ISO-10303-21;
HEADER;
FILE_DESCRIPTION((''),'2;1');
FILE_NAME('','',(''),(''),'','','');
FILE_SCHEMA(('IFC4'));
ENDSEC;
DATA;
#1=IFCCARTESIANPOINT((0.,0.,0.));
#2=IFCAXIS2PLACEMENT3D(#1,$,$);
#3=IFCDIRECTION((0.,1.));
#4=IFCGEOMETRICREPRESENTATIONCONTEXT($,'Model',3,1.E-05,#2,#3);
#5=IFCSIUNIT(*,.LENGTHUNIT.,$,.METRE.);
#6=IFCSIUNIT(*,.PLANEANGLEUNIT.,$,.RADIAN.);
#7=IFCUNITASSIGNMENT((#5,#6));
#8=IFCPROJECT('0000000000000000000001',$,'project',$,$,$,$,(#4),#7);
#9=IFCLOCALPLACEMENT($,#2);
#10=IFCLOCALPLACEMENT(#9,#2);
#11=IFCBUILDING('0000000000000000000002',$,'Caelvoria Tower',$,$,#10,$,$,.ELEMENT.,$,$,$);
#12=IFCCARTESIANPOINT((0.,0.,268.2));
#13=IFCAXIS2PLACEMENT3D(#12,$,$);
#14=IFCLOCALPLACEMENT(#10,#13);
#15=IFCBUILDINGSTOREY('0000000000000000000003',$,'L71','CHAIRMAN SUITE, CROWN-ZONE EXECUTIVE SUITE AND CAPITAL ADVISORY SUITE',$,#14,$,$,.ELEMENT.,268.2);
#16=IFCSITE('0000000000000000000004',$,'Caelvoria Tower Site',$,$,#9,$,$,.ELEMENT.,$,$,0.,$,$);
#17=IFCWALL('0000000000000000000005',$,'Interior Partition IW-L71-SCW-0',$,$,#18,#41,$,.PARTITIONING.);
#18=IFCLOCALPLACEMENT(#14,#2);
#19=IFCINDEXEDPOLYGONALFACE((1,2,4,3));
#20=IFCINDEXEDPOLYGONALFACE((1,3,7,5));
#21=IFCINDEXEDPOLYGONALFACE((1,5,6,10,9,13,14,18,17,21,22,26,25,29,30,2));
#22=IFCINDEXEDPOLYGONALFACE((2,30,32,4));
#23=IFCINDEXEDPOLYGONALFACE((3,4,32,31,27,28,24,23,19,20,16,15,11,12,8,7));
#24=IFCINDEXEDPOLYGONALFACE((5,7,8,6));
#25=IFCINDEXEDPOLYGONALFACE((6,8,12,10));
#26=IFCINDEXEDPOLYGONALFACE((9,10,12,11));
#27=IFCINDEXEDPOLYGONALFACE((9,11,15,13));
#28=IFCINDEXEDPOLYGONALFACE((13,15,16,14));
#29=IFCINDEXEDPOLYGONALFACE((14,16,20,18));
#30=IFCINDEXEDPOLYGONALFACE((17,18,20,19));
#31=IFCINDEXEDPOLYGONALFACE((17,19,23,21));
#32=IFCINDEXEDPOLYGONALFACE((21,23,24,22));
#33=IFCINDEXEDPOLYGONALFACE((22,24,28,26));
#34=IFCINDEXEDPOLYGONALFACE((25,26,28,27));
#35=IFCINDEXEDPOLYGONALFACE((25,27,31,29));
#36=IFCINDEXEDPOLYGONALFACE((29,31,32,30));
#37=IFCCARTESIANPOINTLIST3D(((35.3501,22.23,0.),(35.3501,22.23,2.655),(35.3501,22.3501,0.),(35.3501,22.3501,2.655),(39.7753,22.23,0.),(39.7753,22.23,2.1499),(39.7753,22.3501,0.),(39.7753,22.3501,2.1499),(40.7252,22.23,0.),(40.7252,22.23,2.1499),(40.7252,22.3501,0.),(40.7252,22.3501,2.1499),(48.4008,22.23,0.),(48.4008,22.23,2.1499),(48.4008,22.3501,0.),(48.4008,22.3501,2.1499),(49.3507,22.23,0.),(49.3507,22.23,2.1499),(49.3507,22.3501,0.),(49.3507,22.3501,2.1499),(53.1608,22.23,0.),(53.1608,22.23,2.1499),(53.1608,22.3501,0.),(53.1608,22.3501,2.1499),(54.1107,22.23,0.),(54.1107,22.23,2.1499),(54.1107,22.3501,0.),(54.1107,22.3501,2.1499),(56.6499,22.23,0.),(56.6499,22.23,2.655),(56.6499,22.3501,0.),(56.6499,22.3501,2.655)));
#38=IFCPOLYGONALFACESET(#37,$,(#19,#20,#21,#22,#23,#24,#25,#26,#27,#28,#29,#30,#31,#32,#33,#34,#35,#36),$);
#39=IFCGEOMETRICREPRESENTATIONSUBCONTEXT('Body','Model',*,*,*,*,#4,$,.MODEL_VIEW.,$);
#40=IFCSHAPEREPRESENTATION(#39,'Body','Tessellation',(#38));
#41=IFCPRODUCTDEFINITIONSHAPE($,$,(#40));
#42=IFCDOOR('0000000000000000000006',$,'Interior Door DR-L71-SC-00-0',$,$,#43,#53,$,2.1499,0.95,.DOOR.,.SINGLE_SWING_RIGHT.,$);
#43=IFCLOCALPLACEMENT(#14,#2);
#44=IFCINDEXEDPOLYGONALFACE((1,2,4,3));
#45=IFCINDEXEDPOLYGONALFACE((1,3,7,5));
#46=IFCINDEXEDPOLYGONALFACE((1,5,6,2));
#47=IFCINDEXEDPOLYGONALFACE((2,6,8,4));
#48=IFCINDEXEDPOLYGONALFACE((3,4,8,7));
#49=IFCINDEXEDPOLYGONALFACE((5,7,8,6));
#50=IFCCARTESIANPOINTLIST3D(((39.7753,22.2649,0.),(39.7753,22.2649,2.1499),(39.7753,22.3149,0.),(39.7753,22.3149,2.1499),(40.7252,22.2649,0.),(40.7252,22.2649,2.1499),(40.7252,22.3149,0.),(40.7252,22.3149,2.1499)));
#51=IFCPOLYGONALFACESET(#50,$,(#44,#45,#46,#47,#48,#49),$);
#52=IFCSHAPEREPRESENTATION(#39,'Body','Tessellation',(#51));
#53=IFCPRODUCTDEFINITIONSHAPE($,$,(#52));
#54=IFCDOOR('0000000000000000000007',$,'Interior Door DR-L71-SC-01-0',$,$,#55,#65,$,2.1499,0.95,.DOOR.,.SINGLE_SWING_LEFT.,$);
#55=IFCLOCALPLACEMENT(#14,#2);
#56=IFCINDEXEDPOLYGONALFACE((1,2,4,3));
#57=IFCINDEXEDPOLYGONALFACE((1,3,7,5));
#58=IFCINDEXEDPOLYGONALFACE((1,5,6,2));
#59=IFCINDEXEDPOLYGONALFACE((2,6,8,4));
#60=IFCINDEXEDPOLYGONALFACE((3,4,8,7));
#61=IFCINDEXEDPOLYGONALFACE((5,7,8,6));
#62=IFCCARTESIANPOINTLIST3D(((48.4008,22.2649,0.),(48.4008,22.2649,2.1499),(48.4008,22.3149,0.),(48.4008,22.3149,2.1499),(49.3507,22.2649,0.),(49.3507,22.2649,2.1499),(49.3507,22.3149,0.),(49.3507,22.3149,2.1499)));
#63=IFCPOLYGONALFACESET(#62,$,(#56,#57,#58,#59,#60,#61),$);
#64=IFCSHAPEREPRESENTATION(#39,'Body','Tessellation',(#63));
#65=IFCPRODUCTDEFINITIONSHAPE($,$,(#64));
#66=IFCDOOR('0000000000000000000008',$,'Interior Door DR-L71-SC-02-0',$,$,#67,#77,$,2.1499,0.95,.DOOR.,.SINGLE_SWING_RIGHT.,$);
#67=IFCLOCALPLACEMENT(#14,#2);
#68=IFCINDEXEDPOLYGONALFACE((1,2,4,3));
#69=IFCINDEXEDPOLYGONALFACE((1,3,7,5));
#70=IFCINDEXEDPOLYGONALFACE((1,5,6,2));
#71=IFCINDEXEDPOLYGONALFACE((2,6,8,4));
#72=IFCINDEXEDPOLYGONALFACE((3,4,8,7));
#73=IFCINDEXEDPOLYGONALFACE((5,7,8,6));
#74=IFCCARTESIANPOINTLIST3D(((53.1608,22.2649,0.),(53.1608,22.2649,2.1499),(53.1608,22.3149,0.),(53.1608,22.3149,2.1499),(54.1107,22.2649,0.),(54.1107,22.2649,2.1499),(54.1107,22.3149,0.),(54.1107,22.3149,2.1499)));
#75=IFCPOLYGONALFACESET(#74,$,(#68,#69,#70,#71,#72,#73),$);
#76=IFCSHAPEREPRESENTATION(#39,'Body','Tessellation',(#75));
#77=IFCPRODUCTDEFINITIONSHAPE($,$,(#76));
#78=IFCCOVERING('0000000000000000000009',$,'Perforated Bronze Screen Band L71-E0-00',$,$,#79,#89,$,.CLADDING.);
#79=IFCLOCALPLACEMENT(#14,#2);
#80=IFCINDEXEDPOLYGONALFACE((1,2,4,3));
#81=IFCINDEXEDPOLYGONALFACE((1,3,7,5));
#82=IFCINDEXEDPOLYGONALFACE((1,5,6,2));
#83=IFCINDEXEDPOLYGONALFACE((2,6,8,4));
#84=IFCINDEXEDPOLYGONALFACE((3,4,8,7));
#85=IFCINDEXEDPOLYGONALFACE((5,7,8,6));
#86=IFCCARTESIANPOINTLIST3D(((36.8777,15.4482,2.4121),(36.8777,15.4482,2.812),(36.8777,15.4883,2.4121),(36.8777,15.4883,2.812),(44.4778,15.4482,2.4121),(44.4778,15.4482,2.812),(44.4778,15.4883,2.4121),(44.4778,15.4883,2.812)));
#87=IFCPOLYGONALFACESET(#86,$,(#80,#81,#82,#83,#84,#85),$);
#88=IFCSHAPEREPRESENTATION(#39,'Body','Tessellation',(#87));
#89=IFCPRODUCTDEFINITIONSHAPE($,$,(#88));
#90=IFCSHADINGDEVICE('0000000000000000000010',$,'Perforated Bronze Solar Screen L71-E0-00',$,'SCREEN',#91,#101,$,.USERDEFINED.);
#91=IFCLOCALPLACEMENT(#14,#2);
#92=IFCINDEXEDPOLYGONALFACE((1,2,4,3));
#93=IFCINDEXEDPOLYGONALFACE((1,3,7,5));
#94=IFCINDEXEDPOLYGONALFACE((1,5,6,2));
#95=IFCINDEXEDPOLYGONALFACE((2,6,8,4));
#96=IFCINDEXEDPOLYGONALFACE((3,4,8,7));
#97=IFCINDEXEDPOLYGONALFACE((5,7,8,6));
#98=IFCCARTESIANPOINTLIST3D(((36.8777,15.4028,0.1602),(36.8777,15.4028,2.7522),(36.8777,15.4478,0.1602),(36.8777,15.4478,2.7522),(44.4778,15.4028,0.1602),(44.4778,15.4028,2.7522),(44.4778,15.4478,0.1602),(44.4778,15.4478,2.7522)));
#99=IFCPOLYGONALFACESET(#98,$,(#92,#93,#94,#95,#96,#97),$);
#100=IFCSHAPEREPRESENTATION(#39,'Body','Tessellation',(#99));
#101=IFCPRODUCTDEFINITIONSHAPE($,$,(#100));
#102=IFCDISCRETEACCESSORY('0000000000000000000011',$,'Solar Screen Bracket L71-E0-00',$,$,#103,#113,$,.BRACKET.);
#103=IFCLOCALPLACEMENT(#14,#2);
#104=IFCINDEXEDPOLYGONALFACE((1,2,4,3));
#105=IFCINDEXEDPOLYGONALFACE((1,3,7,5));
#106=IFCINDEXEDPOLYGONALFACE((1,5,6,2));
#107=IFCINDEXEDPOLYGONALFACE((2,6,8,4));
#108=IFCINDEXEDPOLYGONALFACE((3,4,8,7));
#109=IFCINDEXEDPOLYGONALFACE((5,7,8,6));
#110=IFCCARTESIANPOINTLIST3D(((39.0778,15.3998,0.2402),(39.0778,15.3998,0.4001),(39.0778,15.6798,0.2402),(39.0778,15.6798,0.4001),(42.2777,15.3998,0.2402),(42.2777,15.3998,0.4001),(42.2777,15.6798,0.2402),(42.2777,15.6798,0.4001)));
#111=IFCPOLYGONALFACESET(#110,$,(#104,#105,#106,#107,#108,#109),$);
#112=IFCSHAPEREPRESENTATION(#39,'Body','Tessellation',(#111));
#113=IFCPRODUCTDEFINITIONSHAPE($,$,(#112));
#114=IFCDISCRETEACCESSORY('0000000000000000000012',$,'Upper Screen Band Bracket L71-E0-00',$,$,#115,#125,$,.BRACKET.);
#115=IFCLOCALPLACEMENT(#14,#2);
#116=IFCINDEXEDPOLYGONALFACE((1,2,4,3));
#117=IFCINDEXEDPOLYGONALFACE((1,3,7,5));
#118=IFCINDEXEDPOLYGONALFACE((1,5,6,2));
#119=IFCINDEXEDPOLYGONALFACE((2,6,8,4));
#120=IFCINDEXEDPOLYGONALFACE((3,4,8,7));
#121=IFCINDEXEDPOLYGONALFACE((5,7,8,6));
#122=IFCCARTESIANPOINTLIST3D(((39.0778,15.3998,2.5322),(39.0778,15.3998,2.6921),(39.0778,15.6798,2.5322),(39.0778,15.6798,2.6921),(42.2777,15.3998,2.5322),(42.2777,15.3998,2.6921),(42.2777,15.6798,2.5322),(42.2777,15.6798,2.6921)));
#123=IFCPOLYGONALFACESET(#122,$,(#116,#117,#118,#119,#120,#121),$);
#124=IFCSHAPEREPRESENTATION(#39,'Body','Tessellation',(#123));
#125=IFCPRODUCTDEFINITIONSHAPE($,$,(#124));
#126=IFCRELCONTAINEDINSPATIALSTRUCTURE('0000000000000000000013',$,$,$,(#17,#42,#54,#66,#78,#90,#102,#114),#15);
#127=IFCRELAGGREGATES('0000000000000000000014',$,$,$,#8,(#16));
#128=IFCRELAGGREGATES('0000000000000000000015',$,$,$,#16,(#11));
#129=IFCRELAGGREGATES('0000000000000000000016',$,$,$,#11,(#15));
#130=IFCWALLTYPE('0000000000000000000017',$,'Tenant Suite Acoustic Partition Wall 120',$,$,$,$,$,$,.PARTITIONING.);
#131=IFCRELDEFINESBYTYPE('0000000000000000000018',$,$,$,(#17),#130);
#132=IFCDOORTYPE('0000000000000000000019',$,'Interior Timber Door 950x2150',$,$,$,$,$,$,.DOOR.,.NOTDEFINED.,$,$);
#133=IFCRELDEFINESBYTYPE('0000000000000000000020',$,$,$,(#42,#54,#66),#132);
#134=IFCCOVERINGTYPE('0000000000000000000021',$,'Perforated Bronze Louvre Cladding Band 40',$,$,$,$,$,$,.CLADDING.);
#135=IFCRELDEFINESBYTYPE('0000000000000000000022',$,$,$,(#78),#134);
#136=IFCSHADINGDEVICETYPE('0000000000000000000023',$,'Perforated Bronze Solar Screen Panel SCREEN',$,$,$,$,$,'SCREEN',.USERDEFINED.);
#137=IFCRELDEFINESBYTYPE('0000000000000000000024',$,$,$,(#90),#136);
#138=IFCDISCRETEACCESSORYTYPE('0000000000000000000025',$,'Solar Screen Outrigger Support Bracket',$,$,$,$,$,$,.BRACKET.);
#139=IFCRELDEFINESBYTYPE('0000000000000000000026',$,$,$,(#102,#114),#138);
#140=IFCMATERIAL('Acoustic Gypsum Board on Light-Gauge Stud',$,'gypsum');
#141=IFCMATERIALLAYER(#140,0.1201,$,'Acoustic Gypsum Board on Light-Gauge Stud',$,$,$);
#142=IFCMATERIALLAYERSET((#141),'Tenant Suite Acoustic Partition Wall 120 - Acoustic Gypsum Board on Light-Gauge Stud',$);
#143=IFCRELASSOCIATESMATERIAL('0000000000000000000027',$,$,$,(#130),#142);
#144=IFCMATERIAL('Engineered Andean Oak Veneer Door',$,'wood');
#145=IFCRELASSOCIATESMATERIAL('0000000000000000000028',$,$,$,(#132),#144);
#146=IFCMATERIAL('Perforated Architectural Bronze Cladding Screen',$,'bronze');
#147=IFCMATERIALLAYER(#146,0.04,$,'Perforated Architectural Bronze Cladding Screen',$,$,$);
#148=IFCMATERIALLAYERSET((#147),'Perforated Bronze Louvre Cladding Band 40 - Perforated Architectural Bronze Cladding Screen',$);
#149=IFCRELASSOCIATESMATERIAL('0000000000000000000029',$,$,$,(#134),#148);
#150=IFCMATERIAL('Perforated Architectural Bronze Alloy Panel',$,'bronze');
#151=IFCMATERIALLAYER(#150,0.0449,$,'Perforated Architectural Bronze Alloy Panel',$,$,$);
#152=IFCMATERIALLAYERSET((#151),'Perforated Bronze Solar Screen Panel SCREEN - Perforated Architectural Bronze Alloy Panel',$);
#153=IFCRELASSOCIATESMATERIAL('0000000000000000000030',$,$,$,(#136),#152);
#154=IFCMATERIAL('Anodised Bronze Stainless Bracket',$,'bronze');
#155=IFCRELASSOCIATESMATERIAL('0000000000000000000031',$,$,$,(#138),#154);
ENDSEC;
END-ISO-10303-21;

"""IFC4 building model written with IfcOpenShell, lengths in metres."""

from ifc_helpers import new_model, si_unit, direction, frame, frame_2d, origin, origin_2d, place, context, subcontext, project, spatial, rectangle, extrude, material, layer, layer_set, type_object, element, fill, save


model = new_model("IFC4")

# Units and contexts
model_context = context("Model", 3, precision=1e-05, world=origin(), true_north=direction((0.0, 1.0)))
body_context = subcontext(model_context, "Body", "Model", "MODEL_VIEW")
ifc_project = project(units=[si_unit("LENGTHUNIT", "METRE"), si_unit("PLANEANGLEUNIT", "RADIAN")], contexts=[model_context])

# Site, building, storey
site_placement = place(None, origin())
site = spatial("IfcSite", under=ifc_project, at=site_placement, Name="Caelvoria Tower Site", CompositionType="ELEMENT", RefElevation=0.0)
building_placement = place(site_placement, origin())
building = spatial("IfcBuilding", under=site, at=building_placement, Name="Caelvoria Tower", CompositionType="ELEMENT")
storey_placement = place(building_placement, frame((0.0, 0.0, 268.2)))
storey = spatial("IfcBuildingStorey", under=building, at=storey_placement, Name="L71", Description="CHAIRMAN SUITE, CROWN-ZONE EXECUTIVE SUITE AND CAPITAL ADVISORY SUITE", CompositionType="ELEMENT", Elevation=268.2)

# Wall, openings, doors
ifc_material_1 = material(Name="Acoustic Gypsum Board on Light-Gauge Stud", Category="gypsum")
ifc_layer_1 = layer(ifc_material_1, 0.1201, Name="Acoustic Gypsum Board on Light-Gauge Stud")
ifc_layer_set_1 = layer_set([ifc_layer_1], Name="Tenant Suite Acoustic Partition Wall 120 - Acoustic Gypsum Board on Light-Gauge Stud")
wall_type = type_object("IfcWallType", Name="Tenant Suite Acoustic Partition Wall 120", PredefinedType="PARTITIONING", material=ifc_layer_set_1)
wall_placement = place(storey_placement, frame((35.3501, 22.29, 0.0), z_axis=(0.0, 0.0, 1.0), x_axis=(1.0, 0.0, 0.0)))
wall = element("IfcWall", 1, at=wall_placement, inside=storey, type_object=wall_type, Name="Interior Partition IW-L71-SCW-0", PredefinedType="PARTITIONING", context=body_context, shape_type="SweptSolid", body=[
    extrude(rectangle(XDim=21.2998, YDim=0.1201, at=frame_2d((10.6499, 0.0))), origin(), (0.0, 0.0, 1.0), 2.655),
])
opening_1_placement = place(wall_placement, frame((4.425, 0.0, 0.0)))
opening_1 = element("IfcOpeningElement", 2, at=opening_1_placement, cuts=wall, PredefinedType="OPENING", context=body_context, shape_type="SweptSolid", body=[
    extrude(rectangle(XDim=0.95, YDim=2.1499, at=frame_2d((0.4751, 1.075))), frame((0.0, 0.0701, 0.0), z_axis=(0.0, -1.0, 0.0), x_axis=(1.0, 0.0, 0.0)), (0.0, 0.0, 1.0), 0.1401),
])
opening_2_placement = place(wall_placement, frame((13.0505, 0.0, 0.0)))
opening_2 = element("IfcOpeningElement", 3, at=opening_2_placement, cuts=wall, PredefinedType="OPENING", context=body_context, shape_type="SweptSolid", body=[
    extrude(rectangle(XDim=0.95, YDim=2.1499, at=frame_2d((0.4751, 1.075))), frame((0.0, 0.0701, 0.0), z_axis=(0.0, -1.0, 0.0), x_axis=(1.0, 0.0, 0.0)), (0.0, 0.0, 1.0), 0.1401),
])
opening_3_placement = place(wall_placement, frame((17.8105, 0.0, 0.0)))
opening_3 = element("IfcOpeningElement", 4, at=opening_3_placement, cuts=wall, PredefinedType="OPENING", context=body_context, shape_type="SweptSolid", body=[
    extrude(rectangle(XDim=0.95, YDim=2.1499, at=frame_2d((0.4751, 1.075))), frame((0.0, 0.0701, 0.0), z_axis=(0.0, -1.0, 0.0), x_axis=(1.0, 0.0, 0.0)), (0.0, 0.0, 1.0), 0.1401),
])
ifc_material_2 = material(Name="Engineered Andean Oak Veneer Door", Category="wood")
door_type = type_object("IfcDoorType", Name="Interior Timber Door 950x2150", OperationType="NOTDEFINED", PredefinedType="DOOR", material=ifc_material_2)
door_1_placement = place(opening_1_placement, origin())
door_1 = element("IfcDoor", 5, at=door_1_placement, inside=storey, type_object=door_type, Name="Interior Door DR-L71-SC-00-0", OperationType="SINGLE_SWING_RIGHT", OverallHeight=2.1499, OverallWidth=0.95, PredefinedType="DOOR", context=body_context, shape_type="SweptSolid", body=[
    extrude(rectangle(XDim=0.95, YDim=2.1499, at=frame_2d((0.4751, 1.075))), frame((0.0, 0.0249, 0.0), z_axis=(0.0, -1.0, 0.0), x_axis=(1.0, 0.0, 0.0)), (0.0, 0.0, 1.0), 0.05),
])
fill(opening_1, door_1)
door_2_placement = place(opening_2_placement, origin())
door_2 = element("IfcDoor", 6, at=door_2_placement, inside=storey, type_object=door_type, Name="Interior Door DR-L71-SC-01-0", OperationType="SINGLE_SWING_LEFT", OverallHeight=2.1499, OverallWidth=0.95, PredefinedType="DOOR", context=body_context, shape_type="SweptSolid", body=[
    extrude(rectangle(XDim=0.95, YDim=2.1499, at=frame_2d((0.4751, 1.075))), frame((0.0, 0.0249, 0.0), z_axis=(0.0, -1.0, 0.0), x_axis=(1.0, 0.0, 0.0)), (0.0, 0.0, 1.0), 0.05),
])
fill(opening_2, door_2)
door_3_placement = place(opening_3_placement, origin())
door_3 = element("IfcDoor", 7, at=door_3_placement, inside=storey, type_object=door_type, Name="Interior Door DR-L71-SC-02-0", OperationType="SINGLE_SWING_RIGHT", OverallHeight=2.1499, OverallWidth=0.95, PredefinedType="DOOR", context=body_context, shape_type="SweptSolid", body=[
    extrude(rectangle(XDim=0.95, YDim=2.1499, at=frame_2d((0.4751, 1.075))), frame((0.0, 0.0249, 0.0), z_axis=(0.0, -1.0, 0.0), x_axis=(1.0, 0.0, 0.0)), (0.0, 0.0, 1.0), 0.05),
])
fill(opening_3, door_3)

# Covering
ifc_material_3 = material(Name="Perforated Architectural Bronze Cladding Screen", Category="bronze")
ifc_layer_2 = layer(ifc_material_3, 0.04, Name="Perforated Architectural Bronze Cladding Screen")
ifc_layer_set_2 = layer_set([ifc_layer_2], Name="Perforated Bronze Louvre Cladding Band 40 - Perforated Architectural Bronze Cladding Screen")
covering_type = type_object("IfcCoveringType", Name="Perforated Bronze Louvre Cladding Band 40", PredefinedType="CLADDING", material=ifc_layer_set_2)
covering_placement = place(storey_placement, frame((40.6777, 15.4683, 2.4121), z_axis=(0.0, 0.0, 1.0), x_axis=(1.0, 0.0, 0.0)))
element("IfcCovering", 8, at=covering_placement, inside=storey, type_object=covering_type, Name="Perforated Bronze Screen Band L71-E0-00", PredefinedType="CLADDING", context=body_context, shape_type="SweptSolid", body=[
    extrude(rectangle(XDim=7.6001, YDim=0.04, at=origin_2d()), origin(), (0.0, 0.0, 1.0), 0.3999),
])

# Shading device
ifc_material_4 = material(Name="Perforated Architectural Bronze Alloy Panel", Category="bronze")
ifc_layer_3 = layer(ifc_material_4, 0.0449, Name="Perforated Architectural Bronze Alloy Panel")
ifc_layer_set_3 = layer_set([ifc_layer_3], Name="Perforated Bronze Solar Screen Panel SCREEN - Perforated Architectural Bronze Alloy Panel")
shading_device_type = type_object("IfcShadingDeviceType", Name="Perforated Bronze Solar Screen Panel SCREEN", ElementType="SCREEN", PredefinedType="USERDEFINED", material=ifc_layer_set_3)
shading_device_placement = place(storey_placement, frame((40.6777, 15.4253, 0.1602), z_axis=(0.0, 0.0, 1.0), x_axis=(1.0, 0.0, 0.0)))
element("IfcShadingDevice", 9, at=shading_device_placement, inside=storey, type_object=shading_device_type, Name="Perforated Bronze Solar Screen L71-E0-00", ObjectType="SCREEN", PredefinedType="USERDEFINED", context=body_context, shape_type="SweptSolid", body=[
    extrude(rectangle(XDim=7.6001, YDim=0.0449, at=origin_2d()), origin(), (0.0, 0.0, 1.0), 2.592),
])

# Discrete accessories
ifc_material_5 = material(Name="Anodised Bronze Stainless Bracket", Category="bronze")
discrete_accessory_type = type_object("IfcDiscreteAccessoryType", Name="Solar Screen Outrigger Support Bracket", PredefinedType="BRACKET", material=ifc_material_5)
for number, where, z_axis, x_axis, name in (
    (10, (40.6777, 15.5398, 0.2402), (0.0, 0.0, 1.0), (1.0, 0.0, 0.0), "Solar Screen Bracket L71-E0-00"),
    (11, (40.6777, 15.5398, 2.5322), (0.0, 0.0, 1.0), (1.0, 0.0, 0.0), "Upper Screen Band Bracket L71-E0-00"),
):
    element("IfcDiscreteAccessory", number, at=place(storey_placement, frame(where, z_axis=z_axis, x_axis=x_axis)), inside=storey, type_object=discrete_accessory_type, Name=name, PredefinedType="BRACKET", context=body_context, shape_type="SweptSolid", body=[
        extrude(rectangle(XDim=3.2, YDim=0.28, at=origin_2d()), origin(), (0.0, 0.0, 1.0), 0.1599),
    ])

save(model, "model.ifc")
